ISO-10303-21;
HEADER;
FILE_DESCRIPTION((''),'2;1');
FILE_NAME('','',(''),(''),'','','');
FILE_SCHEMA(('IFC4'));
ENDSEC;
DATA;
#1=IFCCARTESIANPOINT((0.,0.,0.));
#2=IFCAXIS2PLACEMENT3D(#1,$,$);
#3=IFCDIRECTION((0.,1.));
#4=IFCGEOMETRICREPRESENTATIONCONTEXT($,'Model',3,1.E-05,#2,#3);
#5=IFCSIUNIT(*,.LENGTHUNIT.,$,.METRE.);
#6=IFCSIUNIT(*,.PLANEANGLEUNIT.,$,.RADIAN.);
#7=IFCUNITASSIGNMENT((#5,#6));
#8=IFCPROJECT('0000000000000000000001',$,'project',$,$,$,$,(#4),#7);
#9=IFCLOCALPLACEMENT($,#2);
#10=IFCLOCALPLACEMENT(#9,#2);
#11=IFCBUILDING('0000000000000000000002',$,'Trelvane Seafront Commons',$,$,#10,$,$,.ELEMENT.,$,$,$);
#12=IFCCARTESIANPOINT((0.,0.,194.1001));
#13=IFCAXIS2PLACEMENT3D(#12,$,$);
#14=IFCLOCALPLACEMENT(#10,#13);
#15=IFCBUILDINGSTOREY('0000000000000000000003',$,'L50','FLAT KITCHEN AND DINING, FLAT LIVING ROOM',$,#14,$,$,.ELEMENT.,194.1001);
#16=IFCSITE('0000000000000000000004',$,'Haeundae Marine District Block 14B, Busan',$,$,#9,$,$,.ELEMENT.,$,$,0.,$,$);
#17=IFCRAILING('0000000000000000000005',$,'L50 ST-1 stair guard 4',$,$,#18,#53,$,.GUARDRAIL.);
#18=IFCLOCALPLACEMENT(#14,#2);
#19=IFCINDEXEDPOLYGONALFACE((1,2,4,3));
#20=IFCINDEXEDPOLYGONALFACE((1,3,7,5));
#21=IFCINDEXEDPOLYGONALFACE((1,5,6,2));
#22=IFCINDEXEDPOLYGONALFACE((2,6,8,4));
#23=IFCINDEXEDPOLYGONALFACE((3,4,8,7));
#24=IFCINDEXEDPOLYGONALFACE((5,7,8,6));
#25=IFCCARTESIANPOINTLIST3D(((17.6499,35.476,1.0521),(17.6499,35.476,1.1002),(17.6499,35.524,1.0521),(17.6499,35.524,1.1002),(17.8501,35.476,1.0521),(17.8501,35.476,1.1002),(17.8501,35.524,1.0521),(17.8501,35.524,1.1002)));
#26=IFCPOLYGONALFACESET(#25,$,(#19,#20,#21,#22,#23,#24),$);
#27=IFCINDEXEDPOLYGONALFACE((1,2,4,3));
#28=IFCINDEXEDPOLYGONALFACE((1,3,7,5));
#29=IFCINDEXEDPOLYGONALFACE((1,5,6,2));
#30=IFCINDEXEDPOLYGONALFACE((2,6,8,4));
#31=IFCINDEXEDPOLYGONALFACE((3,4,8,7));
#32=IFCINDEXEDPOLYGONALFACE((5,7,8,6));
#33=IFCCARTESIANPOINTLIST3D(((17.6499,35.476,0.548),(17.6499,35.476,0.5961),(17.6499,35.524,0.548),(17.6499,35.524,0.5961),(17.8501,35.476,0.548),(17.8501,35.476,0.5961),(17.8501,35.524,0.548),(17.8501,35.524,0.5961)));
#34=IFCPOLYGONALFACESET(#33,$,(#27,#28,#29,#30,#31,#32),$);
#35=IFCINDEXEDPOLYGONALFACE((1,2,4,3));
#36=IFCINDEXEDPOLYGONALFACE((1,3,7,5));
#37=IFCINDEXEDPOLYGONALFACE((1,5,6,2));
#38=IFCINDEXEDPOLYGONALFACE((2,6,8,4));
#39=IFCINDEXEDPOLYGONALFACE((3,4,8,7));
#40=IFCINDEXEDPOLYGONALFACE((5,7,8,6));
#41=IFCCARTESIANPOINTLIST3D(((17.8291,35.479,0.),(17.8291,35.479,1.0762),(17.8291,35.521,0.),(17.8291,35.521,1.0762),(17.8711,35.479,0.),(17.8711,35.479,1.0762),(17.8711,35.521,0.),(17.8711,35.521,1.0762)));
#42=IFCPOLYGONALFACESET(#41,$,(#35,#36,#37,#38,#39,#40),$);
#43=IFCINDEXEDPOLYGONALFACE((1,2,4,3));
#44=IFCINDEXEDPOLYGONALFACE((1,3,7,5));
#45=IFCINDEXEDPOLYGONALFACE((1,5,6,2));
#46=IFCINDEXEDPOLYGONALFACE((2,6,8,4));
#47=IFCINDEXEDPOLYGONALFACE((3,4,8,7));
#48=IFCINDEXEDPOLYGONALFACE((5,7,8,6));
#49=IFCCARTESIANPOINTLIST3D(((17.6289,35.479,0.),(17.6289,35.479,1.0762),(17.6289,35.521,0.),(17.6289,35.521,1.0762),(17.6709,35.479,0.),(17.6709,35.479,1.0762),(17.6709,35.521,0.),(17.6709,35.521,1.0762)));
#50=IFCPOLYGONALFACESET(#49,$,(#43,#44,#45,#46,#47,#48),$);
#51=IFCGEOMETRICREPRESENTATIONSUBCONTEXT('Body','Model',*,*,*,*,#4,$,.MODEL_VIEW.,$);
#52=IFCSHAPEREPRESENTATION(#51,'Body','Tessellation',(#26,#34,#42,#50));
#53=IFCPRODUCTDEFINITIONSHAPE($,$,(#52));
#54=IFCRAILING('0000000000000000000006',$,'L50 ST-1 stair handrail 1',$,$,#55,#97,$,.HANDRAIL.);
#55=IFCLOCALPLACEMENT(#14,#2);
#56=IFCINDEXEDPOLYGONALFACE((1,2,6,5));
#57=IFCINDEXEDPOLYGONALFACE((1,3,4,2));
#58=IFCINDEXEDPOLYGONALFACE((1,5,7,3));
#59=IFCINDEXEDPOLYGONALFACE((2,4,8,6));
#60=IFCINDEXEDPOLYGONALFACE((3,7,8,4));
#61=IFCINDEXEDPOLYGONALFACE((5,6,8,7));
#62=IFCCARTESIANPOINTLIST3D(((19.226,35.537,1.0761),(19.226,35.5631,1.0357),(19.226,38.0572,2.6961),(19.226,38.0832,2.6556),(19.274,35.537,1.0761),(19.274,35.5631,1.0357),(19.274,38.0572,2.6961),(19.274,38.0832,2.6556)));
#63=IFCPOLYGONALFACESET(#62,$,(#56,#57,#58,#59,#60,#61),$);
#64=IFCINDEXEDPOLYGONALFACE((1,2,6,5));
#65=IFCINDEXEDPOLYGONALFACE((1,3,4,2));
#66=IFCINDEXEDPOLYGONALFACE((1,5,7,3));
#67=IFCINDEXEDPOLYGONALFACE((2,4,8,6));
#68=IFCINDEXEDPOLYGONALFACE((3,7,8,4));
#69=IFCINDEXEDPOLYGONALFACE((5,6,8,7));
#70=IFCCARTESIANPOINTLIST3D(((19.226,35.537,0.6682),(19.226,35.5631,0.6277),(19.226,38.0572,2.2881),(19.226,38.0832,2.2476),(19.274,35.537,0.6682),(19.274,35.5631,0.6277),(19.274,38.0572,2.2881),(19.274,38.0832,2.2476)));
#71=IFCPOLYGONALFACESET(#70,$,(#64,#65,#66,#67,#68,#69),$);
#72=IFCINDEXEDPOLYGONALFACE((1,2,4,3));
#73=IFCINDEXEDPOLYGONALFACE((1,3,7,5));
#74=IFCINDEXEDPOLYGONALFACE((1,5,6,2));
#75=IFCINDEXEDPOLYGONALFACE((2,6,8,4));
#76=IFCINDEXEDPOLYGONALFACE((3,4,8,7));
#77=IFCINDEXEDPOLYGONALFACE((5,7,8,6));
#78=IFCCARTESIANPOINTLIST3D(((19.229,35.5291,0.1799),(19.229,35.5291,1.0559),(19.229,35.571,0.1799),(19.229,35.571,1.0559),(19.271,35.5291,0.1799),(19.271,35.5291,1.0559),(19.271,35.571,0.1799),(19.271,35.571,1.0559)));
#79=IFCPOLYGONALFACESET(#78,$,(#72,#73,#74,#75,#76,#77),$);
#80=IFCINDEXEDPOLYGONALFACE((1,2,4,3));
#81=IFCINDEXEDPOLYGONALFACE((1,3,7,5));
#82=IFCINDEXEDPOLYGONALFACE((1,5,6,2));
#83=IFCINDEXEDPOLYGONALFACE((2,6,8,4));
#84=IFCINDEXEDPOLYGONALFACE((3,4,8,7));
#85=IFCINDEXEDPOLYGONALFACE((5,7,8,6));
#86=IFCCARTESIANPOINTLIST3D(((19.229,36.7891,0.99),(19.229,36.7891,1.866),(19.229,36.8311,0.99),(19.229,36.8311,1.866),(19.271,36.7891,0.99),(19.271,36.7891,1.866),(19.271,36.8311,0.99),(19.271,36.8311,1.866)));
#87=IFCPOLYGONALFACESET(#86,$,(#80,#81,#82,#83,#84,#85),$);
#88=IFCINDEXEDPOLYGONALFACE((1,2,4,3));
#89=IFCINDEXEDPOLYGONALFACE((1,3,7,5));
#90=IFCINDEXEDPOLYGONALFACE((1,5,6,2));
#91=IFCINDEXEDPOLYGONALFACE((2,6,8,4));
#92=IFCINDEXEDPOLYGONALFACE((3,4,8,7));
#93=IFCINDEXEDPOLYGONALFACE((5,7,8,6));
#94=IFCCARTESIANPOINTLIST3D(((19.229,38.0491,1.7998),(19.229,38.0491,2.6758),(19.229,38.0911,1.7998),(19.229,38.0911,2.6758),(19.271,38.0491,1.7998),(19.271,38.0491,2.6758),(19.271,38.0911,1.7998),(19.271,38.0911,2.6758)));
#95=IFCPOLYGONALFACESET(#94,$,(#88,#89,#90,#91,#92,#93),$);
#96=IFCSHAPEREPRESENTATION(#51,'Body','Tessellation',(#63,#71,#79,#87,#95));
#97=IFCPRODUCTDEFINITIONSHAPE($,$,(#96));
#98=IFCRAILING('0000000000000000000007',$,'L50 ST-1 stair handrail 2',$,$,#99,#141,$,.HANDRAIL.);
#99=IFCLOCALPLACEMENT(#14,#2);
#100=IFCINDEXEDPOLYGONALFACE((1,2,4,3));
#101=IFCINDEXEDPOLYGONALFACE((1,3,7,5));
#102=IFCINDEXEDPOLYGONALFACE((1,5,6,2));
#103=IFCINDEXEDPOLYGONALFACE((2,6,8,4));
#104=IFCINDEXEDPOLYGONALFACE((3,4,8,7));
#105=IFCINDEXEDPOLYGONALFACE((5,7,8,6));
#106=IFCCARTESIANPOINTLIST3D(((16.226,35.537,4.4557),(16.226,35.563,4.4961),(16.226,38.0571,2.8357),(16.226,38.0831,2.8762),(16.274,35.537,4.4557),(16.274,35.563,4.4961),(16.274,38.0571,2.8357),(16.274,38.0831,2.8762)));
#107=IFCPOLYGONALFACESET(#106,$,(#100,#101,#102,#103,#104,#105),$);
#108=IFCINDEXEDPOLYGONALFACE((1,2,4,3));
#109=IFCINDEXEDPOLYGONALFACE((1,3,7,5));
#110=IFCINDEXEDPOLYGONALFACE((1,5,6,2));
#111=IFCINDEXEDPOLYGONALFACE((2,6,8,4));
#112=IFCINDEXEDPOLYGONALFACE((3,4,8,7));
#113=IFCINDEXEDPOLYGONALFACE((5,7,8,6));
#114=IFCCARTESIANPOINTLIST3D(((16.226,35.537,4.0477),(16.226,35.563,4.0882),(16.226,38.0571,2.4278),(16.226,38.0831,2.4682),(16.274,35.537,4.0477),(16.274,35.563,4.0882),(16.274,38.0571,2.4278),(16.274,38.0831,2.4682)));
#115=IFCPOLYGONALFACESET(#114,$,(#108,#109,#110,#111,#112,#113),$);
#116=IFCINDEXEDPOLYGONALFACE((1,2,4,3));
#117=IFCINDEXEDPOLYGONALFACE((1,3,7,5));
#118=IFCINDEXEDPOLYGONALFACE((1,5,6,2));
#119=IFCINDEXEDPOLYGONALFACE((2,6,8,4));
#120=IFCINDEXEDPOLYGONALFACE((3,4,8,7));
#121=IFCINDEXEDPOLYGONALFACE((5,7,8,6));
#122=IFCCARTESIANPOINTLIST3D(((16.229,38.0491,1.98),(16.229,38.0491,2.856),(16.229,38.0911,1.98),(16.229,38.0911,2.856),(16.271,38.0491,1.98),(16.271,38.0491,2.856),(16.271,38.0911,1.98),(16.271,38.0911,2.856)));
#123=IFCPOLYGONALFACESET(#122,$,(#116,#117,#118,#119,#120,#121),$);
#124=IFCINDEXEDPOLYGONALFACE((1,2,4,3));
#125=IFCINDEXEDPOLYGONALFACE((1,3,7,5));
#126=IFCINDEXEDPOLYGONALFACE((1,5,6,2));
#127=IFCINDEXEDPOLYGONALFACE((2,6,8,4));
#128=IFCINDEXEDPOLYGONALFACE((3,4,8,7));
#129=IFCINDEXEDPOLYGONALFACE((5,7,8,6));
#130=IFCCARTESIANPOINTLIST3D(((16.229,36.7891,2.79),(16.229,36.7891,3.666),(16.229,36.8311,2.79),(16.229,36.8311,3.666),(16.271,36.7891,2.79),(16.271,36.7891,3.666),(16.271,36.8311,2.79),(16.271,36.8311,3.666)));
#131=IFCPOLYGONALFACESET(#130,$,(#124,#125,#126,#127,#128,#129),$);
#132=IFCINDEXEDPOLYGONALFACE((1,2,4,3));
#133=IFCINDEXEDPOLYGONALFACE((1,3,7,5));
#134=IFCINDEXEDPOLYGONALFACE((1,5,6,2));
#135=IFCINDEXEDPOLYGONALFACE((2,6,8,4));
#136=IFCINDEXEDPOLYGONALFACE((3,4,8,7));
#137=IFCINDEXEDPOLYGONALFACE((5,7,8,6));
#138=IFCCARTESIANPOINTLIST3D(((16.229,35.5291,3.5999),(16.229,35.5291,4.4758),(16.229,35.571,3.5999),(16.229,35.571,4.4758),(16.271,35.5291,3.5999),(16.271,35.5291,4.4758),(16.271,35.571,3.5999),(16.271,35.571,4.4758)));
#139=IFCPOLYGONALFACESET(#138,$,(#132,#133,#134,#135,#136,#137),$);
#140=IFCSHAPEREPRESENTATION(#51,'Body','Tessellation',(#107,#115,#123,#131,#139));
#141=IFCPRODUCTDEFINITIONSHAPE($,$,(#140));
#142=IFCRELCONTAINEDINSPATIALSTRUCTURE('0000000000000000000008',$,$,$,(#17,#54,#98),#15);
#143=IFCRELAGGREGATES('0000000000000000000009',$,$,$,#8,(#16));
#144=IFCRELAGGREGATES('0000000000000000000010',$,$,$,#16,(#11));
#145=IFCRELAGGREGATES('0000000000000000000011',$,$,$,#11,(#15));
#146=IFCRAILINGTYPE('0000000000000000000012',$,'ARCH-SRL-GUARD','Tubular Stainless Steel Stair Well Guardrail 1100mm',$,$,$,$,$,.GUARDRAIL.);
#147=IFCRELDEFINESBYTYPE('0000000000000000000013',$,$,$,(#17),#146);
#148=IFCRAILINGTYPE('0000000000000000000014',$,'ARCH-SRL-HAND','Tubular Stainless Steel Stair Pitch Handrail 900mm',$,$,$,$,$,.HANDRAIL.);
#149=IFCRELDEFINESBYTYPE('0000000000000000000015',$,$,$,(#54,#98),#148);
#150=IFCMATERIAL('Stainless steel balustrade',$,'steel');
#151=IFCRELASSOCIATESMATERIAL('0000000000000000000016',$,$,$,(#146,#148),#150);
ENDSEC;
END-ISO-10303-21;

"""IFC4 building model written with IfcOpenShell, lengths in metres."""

from ifc_helpers import new_model, si_unit, direction, frame, origin, origin_2d, place, context, subcontext, project, spatial, rectangle, extrude, material, type_object, element, save


model = new_model("IFC4")

# Units and contexts
model_context = context("Model", 3, precision=1e-05, world=origin(), true_north=direction((0.0, 1.0)))
body_context = subcontext(model_context, "Body", "Model", "MODEL_VIEW")
ifc_project = project(units=[si_unit("LENGTHUNIT", "METRE"), si_unit("PLANEANGLEUNIT", "RADIAN")], contexts=[model_context])

# Site, building, storey
site_placement = place(None, origin())
site = spatial("IfcSite", under=ifc_project, at=site_placement, Name="Haeundae Marine District Block 14B, Busan", CompositionType="ELEMENT", RefElevation=0.0)
building_placement = place(site_placement, origin())
building = spatial("IfcBuilding", under=site, at=building_placement, Name="Trelvane Seafront Commons", CompositionType="ELEMENT")
storey_placement = place(building_placement, frame((0.0, 0.0, 194.1001)))
storey = spatial("IfcBuildingStorey", under=building, at=storey_placement, Name="L50", Description="FLAT KITCHEN AND DINING, FLAT LIVING ROOM", CompositionType="ELEMENT", Elevation=194.1001)

# Shared definitions
ifc_material_1 = material(Name="Stainless steel balustrade", Category="steel")

# Railings
railing_type_1 = type_object("IfcRailingType", Name="ARCH-SRL-GUARD", Description="Tubular Stainless Steel Stair Well Guardrail 1100mm", PredefinedType="GUARDRAIL", material=ifc_material_1)
railing_1_placement = place(storey_placement, frame((17.8501, 35.5, 0.0)))
element("IfcRailing", 1, at=railing_1_placement, inside=storey, type_object=railing_type_1, Name="L50 ST-1 stair guard 4", PredefinedType="GUARDRAIL", context=body_context, shape_type="SweptSolid", body=[
    extrude(rectangle(XDim=0.0481, YDim=0.0481, at=origin_2d()), frame((0.0, 0.0, 1.0762), z_axis=(-1.0, 0.0, 0.0), x_axis=(0.0, -1.0, 0.0)), (0.0, 0.0, 1.0), 0.2002),
    extrude(rectangle(XDim=0.0481, YDim=0.0481, at=origin_2d()), frame((0.0, 0.0, 0.572), z_axis=(-1.0, 0.0, 0.0), x_axis=(0.0, -1.0, 0.0)), (0.0, 0.0, 1.0), 0.2002),
    extrude(rectangle(XDim=0.042, YDim=0.042, at=origin_2d()), origin(), (0.0, 0.0, 1.0), 1.0762),
    extrude(rectangle(XDim=0.042, YDim=0.042, at=origin_2d()), frame((-0.2002, 0.0, 0.0)), (0.0, 0.0, 1.0), 1.0762),
])
railing_type_2 = type_object("IfcRailingType", Name="ARCH-SRL-HAND", Description="Tubular Stainless Steel Stair Pitch Handrail 900mm", PredefinedType="HANDRAIL", material=ifc_material_1)
railing_2_placement = place(storey_placement, frame((19.25, 35.55, 0.1799)))
element("IfcRailing", 2, at=railing_2_placement, inside=storey, type_object=railing_type_2, Name="L50 ST-1 stair handrail 1", PredefinedType="HANDRAIL", context=body_context, shape_type="SweptSolid", body=[
    extrude(rectangle(XDim=0.0481, YDim=0.0481, at=origin_2d()), frame((0.0, 0.0, 0.876), z_axis=(0.0, 0.8412, 0.540725), x_axis=(-1.0, 0.0, 0.0)), (0.0, 0.0, 1.0), 2.9958),
    extrude(rectangle(XDim=0.0481, YDim=0.0481, at=origin_2d()), frame((0.0, 0.0, 0.468), z_axis=(0.0, 0.8412, 0.540725), x_axis=(-1.0, 0.0, 0.0)), (0.0, 0.0, 1.0), 2.9958),
    extrude(rectangle(XDim=0.042, YDim=0.042, at=origin_2d()), origin(), (0.0, 0.0, 1.0), 0.876),
    extrude(rectangle(XDim=0.042, YDim=0.042, at=origin_2d()), frame((0.0, 1.26, 0.8101)), (0.0, 0.0, 1.0), 0.876),
    extrude(rectangle(XDim=0.042, YDim=0.042, at=origin_2d()), frame((0.0, 2.52, 1.6199)), (0.0, 0.0, 1.0), 0.876),
])
railing_3_placement = place(storey_placement, frame((16.25, 38.0701, 1.98)))
element("IfcRailing", 3, at=railing_3_placement, inside=storey, type_object=railing_type_2, Name="L50 ST-1 stair handrail 2", PredefinedType="HANDRAIL", context=body_context, shape_type="SweptSolid", body=[
    extrude(rectangle(XDim=0.0481, YDim=0.0481, at=origin_2d()), frame((0.0, 0.0, 0.876), z_axis=(0.0, -0.8412, 0.540725), x_axis=(1.0, 0.0, 0.0)), (0.0, 0.0, 1.0), 2.9958),
    extrude(rectangle(XDim=0.0481, YDim=0.0481, at=origin_2d()), frame((0.0, 0.0, 0.468), z_axis=(0.0, -0.8412, 0.540725), x_axis=(1.0, 0.0, 0.0)), (0.0, 0.0, 1.0), 2.9958),
    extrude(rectangle(XDim=0.042, YDim=0.042, at=origin_2d()), origin(), (0.0, 0.0, 1.0), 0.876),
    extrude(rectangle(XDim=0.042, YDim=0.042, at=origin_2d()), frame((0.0, -1.26, 0.8101)), (0.0, 0.0, 1.0), 0.876),
    extrude(rectangle(XDim=0.042, YDim=0.042, at=origin_2d()), frame((0.0, -2.52, 1.6199)), (0.0, 0.0, 1.0), 0.876),
])

save(model, "model.ifc")
